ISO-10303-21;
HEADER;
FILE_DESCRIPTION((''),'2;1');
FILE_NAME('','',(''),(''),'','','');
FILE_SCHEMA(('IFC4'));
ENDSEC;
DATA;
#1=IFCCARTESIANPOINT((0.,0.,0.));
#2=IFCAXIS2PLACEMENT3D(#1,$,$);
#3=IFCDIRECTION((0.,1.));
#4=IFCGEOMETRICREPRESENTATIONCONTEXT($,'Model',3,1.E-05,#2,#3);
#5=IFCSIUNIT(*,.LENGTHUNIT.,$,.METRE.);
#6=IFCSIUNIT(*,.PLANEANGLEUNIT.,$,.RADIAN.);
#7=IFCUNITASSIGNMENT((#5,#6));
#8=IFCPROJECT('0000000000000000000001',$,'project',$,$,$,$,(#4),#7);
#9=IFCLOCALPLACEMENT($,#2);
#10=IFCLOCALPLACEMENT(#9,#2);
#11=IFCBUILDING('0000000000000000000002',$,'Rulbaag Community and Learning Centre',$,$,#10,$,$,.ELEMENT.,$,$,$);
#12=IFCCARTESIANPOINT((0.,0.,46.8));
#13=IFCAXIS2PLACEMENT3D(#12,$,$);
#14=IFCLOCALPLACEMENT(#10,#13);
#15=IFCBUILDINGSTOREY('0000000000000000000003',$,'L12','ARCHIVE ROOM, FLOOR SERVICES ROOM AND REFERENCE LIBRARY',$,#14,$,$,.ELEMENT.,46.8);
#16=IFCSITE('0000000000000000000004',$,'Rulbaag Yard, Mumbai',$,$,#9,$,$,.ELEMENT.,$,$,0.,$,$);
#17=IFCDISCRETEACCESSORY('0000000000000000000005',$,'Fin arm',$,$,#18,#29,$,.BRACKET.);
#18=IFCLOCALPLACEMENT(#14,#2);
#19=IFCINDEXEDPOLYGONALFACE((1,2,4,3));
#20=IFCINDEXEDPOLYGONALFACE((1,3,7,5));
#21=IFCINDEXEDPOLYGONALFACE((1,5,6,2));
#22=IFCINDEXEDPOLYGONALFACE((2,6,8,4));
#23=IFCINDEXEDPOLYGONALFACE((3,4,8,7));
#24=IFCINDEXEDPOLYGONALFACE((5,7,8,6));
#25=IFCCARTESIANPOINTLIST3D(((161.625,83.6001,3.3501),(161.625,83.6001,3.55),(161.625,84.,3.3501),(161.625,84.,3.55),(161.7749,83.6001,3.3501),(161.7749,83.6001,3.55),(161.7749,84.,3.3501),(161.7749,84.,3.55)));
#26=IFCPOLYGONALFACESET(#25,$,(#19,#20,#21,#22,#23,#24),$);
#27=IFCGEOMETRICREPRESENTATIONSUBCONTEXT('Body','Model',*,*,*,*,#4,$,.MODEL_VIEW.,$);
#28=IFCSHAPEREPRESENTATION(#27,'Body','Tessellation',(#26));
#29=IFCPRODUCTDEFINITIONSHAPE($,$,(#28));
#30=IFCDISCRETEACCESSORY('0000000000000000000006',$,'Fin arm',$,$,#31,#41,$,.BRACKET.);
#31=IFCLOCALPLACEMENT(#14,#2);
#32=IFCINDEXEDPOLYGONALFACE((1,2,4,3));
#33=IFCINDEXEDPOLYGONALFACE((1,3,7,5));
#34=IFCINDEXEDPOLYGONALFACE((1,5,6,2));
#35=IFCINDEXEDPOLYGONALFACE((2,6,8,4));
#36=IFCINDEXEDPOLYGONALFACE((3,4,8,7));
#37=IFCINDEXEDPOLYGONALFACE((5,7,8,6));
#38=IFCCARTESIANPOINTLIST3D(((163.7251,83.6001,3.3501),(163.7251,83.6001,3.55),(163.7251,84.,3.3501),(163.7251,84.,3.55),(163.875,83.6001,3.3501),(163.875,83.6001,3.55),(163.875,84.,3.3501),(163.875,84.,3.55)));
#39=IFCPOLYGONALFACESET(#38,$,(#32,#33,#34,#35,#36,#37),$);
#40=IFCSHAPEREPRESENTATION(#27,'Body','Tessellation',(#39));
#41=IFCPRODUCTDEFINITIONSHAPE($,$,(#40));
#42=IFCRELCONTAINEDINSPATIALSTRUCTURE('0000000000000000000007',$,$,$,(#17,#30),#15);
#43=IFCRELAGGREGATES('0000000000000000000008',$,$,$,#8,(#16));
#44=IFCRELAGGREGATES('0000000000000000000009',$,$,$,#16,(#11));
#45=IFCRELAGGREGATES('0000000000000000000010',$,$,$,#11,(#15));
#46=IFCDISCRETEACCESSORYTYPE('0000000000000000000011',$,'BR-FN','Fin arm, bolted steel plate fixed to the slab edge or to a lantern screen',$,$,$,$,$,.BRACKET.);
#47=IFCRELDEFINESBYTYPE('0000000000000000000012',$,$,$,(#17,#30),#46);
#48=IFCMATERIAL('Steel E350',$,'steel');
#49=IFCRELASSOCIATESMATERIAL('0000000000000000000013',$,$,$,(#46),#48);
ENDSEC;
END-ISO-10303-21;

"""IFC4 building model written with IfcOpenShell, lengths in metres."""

from ifc_helpers import new_model, si_unit, direction, frame, origin, origin_2d, place, context, subcontext, project, spatial, rectangle, extrude, material, type_object, element, save


model = new_model("IFC4")

# Units and contexts
model_context = context("Model", 3, precision=1e-05, world=origin(), true_north=direction((0.0, 1.0)))
body_context = subcontext(model_context, "Body", "Model", "MODEL_VIEW")
ifc_project = project(units=[si_unit("LENGTHUNIT", "METRE"), si_unit("PLANEANGLEUNIT", "RADIAN")], contexts=[model_context])

# Site, building, storey
site_placement = place(None, origin())
site = spatial("IfcSite", under=ifc_project, at=site_placement, Name="Rulbaag Yard, Mumbai", CompositionType="ELEMENT", RefElevation=0.0)
building_placement = place(site_placement, origin())
building = spatial("IfcBuilding", under=site, at=building_placement, Name="Rulbaag Community and Learning Centre", CompositionType="ELEMENT")
storey_placement = place(building_placement, frame((0.0, 0.0, 46.8)))
storey = spatial("IfcBuildingStorey", under=building, at=storey_placement, Name="L12", Description="ARCHIVE ROOM, FLOOR SERVICES ROOM AND REFERENCE LIBRARY", CompositionType="ELEMENT", Elevation=46.8)

# Discrete accessories
ifc_material_1 = material(Name="Steel E350", Category="steel")
discrete_accessory_type = type_object("IfcDiscreteAccessoryType", Name="BR-FN", Description="Fin arm, bolted steel plate fixed to the slab edge or to a lantern screen", PredefinedType="BRACKET", material=ifc_material_1)
for number, where, z_axis, x_axis, name in (
    (1, (161.7, 83.8, 3.3501), (0.0, 0.0, 1.0), (1.0, 0.0, 0.0), "Fin arm"),
    (2, (163.8, 83.8, 3.3501), (0.0, 0.0, 1.0), (1.0, 0.0, 0.0), "Fin arm"),
):
    element("IfcDiscreteAccessory", number, at=place(storey_placement, frame(where, z_axis=z_axis, x_axis=x_axis)), inside=storey, type_object=discrete_accessory_type, Name=name, PredefinedType="BRACKET", context=body_context, shape_type="SweptSolid", body=[
        extrude(rectangle(XDim=0.1499, YDim=0.3999, at=origin_2d()), origin(), (0.0, 0.0, 1.0), 0.2),
    ])

save(model, "model.ifc")
